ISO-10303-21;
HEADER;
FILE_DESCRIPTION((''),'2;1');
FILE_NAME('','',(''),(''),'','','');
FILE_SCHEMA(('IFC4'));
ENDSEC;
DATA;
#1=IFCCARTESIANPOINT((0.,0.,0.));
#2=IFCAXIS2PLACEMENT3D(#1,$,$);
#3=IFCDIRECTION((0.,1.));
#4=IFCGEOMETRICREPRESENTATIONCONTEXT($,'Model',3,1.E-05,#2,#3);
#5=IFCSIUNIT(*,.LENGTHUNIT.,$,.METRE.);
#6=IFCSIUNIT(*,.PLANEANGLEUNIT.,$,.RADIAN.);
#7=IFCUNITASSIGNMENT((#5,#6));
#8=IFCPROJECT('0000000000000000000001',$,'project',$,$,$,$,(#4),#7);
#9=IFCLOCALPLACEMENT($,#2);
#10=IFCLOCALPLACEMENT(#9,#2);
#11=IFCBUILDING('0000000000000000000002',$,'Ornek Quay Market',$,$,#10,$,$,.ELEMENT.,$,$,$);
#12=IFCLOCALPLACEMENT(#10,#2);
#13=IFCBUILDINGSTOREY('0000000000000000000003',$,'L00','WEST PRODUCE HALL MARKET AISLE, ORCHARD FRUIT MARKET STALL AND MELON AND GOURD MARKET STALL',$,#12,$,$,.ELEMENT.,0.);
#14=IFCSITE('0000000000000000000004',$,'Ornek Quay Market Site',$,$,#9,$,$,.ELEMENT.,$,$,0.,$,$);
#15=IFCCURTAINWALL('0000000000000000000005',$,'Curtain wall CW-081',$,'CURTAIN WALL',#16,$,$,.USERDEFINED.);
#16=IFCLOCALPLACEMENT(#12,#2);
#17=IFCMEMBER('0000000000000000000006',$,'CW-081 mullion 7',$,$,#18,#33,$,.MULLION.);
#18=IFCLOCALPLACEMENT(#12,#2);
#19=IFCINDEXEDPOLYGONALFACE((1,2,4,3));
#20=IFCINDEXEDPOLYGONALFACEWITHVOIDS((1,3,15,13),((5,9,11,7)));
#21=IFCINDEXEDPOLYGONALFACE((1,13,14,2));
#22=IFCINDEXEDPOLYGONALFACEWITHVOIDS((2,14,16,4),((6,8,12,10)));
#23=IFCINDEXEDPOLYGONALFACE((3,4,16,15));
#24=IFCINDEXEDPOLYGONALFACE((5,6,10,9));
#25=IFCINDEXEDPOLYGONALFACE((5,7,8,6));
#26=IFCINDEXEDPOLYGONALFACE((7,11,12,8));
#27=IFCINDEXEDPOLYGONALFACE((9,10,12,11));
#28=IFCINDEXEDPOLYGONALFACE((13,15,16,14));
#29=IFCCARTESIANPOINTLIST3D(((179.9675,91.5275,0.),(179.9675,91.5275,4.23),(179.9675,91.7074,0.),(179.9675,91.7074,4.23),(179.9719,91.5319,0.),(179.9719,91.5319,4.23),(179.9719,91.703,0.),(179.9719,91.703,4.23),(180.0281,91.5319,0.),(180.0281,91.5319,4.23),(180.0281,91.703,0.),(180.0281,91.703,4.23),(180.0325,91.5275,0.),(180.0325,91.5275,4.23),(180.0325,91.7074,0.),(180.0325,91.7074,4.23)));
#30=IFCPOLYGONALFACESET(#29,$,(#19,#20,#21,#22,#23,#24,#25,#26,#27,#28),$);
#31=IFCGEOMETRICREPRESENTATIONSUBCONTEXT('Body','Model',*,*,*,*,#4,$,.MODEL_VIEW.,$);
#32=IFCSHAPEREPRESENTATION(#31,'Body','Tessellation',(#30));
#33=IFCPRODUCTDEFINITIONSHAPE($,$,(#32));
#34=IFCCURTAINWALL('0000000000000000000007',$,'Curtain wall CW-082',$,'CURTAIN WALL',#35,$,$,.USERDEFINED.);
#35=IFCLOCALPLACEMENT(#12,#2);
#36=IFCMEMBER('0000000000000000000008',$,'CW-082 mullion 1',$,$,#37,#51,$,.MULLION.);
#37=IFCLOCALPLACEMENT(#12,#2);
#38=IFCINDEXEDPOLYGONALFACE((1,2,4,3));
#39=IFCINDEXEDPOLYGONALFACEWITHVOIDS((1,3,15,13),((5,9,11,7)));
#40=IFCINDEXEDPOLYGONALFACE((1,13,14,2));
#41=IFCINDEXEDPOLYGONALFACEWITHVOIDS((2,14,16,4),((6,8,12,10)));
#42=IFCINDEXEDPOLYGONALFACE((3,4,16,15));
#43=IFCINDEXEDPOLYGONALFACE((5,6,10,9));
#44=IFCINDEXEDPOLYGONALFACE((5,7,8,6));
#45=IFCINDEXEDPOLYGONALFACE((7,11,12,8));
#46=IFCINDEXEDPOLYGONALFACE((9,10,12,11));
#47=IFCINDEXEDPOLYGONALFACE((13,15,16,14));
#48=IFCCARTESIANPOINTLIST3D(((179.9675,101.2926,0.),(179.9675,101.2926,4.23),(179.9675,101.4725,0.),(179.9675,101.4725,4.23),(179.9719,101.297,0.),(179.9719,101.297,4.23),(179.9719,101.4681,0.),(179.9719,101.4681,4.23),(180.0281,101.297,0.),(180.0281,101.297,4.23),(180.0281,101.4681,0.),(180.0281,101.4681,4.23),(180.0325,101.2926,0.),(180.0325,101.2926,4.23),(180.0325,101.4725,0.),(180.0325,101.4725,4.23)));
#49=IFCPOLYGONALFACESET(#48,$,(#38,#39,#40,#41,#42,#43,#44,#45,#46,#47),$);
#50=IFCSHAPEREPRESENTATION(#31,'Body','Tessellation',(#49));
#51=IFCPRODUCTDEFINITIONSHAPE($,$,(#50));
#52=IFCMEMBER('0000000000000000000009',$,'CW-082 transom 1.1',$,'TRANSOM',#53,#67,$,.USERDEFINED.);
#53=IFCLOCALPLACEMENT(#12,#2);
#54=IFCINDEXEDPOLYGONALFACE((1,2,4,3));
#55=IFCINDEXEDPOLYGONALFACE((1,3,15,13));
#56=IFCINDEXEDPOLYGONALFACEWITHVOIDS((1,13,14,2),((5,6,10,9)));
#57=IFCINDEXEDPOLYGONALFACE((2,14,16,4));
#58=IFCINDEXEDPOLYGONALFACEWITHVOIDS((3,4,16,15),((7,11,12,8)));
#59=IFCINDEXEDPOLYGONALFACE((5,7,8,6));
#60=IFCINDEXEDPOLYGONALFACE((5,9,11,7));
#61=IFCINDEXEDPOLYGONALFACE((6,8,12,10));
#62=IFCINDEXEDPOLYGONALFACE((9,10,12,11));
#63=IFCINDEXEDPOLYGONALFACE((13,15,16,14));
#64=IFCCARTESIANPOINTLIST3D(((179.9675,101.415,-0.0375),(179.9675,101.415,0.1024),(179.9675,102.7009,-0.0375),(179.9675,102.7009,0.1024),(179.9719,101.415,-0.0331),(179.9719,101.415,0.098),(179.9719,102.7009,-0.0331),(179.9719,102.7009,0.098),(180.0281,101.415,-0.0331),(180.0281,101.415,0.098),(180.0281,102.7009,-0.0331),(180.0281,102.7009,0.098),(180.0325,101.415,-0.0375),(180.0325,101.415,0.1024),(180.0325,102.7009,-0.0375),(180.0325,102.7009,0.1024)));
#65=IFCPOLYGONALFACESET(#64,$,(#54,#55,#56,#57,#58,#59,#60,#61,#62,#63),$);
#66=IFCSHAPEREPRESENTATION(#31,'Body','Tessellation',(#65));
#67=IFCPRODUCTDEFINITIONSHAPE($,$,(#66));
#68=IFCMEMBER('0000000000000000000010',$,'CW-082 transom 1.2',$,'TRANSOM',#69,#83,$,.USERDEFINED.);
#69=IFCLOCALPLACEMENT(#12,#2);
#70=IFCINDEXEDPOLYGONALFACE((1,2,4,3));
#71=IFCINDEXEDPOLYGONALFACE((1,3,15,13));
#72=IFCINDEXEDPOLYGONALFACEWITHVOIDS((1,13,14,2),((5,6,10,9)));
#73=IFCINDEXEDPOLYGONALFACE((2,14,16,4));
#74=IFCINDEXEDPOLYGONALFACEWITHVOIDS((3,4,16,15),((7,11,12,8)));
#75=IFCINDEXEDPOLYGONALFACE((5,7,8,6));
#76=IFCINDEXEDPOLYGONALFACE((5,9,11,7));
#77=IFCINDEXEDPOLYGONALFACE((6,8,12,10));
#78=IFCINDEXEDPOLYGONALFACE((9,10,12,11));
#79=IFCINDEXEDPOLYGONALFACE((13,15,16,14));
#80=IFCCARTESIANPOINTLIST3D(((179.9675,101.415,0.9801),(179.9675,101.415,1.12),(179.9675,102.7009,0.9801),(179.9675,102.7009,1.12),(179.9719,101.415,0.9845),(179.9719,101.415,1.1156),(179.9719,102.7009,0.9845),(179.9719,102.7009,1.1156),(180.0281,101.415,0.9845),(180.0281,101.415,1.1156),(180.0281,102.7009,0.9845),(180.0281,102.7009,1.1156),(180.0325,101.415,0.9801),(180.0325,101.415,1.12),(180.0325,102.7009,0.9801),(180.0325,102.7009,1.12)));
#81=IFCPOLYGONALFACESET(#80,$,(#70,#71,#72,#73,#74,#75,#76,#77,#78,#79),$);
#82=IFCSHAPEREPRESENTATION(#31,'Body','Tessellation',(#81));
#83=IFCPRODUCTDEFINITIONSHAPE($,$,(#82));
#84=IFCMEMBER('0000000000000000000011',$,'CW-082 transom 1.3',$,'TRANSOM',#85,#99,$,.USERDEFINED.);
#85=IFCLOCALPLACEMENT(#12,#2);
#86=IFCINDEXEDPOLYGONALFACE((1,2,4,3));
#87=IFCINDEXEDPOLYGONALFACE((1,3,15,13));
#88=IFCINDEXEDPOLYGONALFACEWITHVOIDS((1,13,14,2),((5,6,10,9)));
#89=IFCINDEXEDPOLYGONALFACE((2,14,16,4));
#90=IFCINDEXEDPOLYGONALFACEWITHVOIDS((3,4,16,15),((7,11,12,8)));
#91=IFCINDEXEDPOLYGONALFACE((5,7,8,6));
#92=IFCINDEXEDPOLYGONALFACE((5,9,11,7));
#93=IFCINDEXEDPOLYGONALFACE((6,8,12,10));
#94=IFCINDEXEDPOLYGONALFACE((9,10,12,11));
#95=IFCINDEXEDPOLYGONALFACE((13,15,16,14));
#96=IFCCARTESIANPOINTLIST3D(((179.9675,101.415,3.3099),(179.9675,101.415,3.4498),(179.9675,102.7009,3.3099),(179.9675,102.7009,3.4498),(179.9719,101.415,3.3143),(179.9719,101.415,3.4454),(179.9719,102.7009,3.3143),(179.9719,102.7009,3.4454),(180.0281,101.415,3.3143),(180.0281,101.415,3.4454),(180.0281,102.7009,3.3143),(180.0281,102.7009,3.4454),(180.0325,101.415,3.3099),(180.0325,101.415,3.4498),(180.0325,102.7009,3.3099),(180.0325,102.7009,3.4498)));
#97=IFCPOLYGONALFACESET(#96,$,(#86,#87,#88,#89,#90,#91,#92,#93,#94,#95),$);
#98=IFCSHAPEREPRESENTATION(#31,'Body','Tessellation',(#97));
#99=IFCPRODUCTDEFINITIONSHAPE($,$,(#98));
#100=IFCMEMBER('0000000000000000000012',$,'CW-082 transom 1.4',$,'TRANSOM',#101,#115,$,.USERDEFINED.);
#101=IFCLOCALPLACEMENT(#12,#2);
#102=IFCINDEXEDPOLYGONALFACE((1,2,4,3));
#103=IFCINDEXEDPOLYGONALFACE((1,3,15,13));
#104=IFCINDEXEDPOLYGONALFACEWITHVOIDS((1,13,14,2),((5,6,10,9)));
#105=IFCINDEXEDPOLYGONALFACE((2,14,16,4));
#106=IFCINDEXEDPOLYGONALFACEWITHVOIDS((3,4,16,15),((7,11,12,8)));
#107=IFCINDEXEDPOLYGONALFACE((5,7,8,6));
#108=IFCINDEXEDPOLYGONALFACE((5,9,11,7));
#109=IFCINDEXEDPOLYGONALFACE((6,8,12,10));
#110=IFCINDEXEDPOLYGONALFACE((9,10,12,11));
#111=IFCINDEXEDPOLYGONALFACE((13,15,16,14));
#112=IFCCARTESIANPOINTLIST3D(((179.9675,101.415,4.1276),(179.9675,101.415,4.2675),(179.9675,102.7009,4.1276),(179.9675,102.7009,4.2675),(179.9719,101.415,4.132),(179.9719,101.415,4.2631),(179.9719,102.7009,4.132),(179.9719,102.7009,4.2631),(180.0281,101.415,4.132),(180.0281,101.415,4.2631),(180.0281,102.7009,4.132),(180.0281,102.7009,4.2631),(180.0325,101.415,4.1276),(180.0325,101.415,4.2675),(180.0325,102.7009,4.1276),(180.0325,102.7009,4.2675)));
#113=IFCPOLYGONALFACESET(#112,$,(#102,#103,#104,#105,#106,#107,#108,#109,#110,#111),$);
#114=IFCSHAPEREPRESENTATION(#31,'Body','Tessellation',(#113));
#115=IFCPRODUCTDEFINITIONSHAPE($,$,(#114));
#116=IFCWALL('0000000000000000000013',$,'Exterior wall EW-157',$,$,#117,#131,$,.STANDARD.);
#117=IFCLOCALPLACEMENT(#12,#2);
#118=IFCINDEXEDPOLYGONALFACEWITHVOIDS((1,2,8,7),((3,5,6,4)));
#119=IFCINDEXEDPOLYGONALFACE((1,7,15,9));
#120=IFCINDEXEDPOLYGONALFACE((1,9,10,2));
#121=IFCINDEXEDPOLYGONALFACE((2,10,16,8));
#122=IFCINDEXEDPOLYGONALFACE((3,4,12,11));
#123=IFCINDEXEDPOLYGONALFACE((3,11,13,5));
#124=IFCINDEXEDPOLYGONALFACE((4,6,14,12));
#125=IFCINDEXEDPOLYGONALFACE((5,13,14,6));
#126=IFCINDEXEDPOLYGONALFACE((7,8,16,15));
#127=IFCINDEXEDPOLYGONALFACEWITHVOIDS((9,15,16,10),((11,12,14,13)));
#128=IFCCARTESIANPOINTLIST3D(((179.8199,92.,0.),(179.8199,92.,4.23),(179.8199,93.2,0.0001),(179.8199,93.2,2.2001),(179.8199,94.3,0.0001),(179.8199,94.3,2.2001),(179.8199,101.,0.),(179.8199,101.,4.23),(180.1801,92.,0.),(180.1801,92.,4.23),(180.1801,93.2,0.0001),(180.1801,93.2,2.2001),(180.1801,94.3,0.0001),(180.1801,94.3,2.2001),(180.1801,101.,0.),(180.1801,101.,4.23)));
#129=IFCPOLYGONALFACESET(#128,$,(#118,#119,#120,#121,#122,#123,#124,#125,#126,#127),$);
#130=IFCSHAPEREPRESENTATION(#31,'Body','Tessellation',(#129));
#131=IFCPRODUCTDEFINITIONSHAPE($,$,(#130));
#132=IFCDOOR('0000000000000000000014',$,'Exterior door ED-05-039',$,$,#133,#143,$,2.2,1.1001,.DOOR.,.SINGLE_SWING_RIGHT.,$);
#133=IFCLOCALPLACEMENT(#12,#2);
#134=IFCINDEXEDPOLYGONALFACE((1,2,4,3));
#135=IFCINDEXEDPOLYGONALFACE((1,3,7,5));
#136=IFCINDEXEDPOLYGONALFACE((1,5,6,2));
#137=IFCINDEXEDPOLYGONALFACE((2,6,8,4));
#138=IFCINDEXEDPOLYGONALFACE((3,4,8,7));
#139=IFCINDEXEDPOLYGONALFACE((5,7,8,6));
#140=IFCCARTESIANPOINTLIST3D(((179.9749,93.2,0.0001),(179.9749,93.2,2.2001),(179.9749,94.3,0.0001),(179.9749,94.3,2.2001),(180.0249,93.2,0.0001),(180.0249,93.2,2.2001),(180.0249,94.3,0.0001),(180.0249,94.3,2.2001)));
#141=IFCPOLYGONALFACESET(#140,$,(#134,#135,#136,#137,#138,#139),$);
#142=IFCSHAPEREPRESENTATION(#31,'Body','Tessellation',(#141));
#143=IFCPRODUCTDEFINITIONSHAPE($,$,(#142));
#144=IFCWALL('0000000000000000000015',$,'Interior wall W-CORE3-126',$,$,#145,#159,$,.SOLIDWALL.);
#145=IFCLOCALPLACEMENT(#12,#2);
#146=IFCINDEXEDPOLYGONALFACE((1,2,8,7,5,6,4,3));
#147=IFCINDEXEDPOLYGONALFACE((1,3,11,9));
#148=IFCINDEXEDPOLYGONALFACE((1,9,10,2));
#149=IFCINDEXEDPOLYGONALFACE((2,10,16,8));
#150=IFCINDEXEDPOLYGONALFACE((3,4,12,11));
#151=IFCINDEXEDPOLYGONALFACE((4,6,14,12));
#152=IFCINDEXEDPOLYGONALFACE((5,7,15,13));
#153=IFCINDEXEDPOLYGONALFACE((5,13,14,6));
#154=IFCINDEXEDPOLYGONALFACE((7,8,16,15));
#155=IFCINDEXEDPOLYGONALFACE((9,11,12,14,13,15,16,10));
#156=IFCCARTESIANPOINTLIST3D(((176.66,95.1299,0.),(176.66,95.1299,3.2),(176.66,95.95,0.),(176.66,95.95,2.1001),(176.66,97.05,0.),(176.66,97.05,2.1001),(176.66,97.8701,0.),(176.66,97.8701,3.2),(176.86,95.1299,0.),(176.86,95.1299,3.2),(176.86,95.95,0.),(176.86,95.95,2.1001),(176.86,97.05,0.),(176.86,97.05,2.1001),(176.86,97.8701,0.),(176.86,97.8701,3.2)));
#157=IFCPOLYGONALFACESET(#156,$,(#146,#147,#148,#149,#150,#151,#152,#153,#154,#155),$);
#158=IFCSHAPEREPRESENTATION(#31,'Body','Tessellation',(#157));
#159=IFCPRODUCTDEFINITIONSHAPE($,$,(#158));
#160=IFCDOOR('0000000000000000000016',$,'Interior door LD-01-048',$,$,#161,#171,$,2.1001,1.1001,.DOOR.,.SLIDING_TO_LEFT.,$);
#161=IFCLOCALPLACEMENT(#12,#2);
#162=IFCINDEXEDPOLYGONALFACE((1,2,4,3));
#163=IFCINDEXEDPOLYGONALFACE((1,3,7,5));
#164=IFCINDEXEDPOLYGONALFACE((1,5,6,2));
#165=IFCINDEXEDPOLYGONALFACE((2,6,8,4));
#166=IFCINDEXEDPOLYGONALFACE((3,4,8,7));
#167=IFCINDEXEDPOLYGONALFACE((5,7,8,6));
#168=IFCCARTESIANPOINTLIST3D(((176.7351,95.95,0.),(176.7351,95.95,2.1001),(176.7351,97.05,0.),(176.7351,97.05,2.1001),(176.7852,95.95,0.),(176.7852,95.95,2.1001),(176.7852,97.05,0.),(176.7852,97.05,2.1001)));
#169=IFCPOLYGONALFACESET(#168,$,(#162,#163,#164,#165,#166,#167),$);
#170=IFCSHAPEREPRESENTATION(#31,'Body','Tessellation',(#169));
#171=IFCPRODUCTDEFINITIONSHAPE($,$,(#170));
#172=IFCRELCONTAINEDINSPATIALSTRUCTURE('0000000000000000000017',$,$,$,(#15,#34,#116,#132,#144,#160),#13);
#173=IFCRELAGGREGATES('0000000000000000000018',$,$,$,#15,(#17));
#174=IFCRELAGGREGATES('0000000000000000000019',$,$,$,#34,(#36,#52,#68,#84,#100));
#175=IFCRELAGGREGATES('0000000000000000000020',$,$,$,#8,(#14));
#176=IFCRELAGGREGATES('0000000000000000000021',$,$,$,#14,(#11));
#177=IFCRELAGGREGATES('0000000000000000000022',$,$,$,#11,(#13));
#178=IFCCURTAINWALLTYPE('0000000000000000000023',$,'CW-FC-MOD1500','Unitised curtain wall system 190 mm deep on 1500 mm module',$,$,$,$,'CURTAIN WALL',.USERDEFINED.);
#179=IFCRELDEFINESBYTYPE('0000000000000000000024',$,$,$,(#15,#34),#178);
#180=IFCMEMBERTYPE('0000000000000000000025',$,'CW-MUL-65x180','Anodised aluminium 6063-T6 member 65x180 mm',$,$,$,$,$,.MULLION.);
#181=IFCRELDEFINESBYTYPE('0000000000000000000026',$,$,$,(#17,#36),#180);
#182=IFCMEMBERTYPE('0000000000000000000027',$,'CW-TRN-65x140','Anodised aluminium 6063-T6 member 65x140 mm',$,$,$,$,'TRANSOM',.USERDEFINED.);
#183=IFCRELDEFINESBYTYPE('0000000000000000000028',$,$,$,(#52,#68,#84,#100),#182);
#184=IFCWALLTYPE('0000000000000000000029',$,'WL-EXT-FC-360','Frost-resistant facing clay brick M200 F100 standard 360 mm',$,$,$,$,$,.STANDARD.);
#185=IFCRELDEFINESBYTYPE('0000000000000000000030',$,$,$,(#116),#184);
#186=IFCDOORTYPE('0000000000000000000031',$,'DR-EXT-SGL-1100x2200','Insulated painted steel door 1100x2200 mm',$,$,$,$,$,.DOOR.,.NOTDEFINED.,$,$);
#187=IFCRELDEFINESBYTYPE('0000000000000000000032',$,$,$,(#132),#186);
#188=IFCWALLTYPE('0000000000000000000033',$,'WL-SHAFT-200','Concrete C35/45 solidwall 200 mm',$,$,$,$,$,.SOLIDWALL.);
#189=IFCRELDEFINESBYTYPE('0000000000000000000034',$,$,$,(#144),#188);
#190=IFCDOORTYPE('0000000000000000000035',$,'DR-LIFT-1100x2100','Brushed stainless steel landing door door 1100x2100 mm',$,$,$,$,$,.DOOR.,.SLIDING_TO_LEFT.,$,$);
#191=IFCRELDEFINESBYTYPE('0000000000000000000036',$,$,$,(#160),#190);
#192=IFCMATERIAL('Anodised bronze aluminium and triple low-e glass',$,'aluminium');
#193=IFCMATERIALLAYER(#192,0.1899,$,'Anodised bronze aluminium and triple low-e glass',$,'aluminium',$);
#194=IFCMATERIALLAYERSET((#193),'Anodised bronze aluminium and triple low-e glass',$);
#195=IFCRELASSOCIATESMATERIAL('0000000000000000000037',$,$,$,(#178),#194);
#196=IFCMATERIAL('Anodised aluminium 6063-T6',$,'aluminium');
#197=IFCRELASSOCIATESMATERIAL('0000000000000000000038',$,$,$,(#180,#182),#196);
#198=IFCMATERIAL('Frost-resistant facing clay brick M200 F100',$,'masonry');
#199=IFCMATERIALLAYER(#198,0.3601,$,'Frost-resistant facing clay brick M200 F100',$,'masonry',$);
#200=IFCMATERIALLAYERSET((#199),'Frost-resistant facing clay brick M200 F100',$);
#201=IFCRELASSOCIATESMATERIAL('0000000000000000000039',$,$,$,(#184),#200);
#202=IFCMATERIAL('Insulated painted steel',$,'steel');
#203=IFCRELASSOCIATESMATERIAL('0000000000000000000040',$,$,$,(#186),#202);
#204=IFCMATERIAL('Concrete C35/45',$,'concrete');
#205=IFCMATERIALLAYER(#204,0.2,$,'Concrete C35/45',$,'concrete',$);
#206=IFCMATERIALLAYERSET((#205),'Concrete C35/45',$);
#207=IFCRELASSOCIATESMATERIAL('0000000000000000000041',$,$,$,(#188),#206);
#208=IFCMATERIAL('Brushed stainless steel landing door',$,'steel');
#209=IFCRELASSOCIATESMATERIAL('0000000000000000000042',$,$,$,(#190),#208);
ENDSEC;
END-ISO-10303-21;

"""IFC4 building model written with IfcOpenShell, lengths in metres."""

from ifc_helpers import new_model, si_unit, direction, frame, frame_2d, origin, origin_2d, place, context, subcontext, project, spatial, rectangle, hollow_rectangle, extrude, material, layer, layer_set, material_profile, profile_set, type_object, element, fill, aggregate, save


model = new_model("IFC4")

# Units and contexts
model_context = context("Model", 3, precision=1e-05, world=origin(), true_north=direction((0.0, 1.0)))
body_context = subcontext(model_context, "Body", "Model", "MODEL_VIEW")
ifc_project = project(units=[si_unit("LENGTHUNIT", "METRE"), si_unit("PLANEANGLEUNIT", "RADIAN")], contexts=[model_context])

# Site, building, storey
site_placement = place(None, origin())
site = spatial("IfcSite", under=ifc_project, at=site_placement, Name="Ornek Quay Market Site", CompositionType="ELEMENT", RefElevation=0.0)
building_placement = place(site_placement, origin())
building = spatial("IfcBuilding", under=site, at=building_placement, Name="Ornek Quay Market", CompositionType="ELEMENT")
storey_placement = place(building_placement, origin())
storey = spatial("IfcBuildingStorey", under=building, at=storey_placement, Name="L00", Description="WEST PRODUCE HALL MARKET AISLE, ORCHARD FRUIT MARKET STALL AND MELON AND GOURD MARKET STALL", CompositionType="ELEMENT", Elevation=0.0)

# Shared definitions
ifc_material_1 = material(Name="Concrete C35/45", Category="concrete")

# Curtain wall, member
ifc_material_2 = material(Name="Anodised bronze aluminium and triple low-e glass", Category="aluminium")
ifc_layer_1 = layer(ifc_material_2, 0.1899, Name="Anodised bronze aluminium and triple low-e glass", Category="aluminium")
ifc_layer_set_1 = layer_set([ifc_layer_1], Name="Anodised bronze aluminium and triple low-e glass")
curtain_wall_type = type_object("IfcCurtainWallType", Name="CW-FC-MOD1500", Description="Unitised curtain wall system 190 mm deep on 1500 mm module", ElementType="CURTAIN WALL", PredefinedType="USERDEFINED", material=ifc_layer_set_1)
curtain_wall_1_placement = place(storey_placement, origin())
curtain_wall_1 = element("IfcCurtainWall", 1, at=curtain_wall_1_placement, inside=storey, type_object=curtain_wall_type, Name="Curtain wall CW-081", ObjectType="CURTAIN WALL", PredefinedType="USERDEFINED")
ifc_material_3 = material(Name="Anodised aluminium 6063-T6", Category="aluminium")
ifc_material_profile_1 = material_profile(ifc_material_3, hollow_rectangle(XDim=0.0649, YDim=0.1799, WallThickness=0.0044, at=origin_2d()), Name="CW-MUL-65x180", Category="aluminium")
ifc_profile_set_1 = profile_set([ifc_material_profile_1], Name="Anodised aluminium 6063-T6")
member_type_1 = type_object("IfcMemberType", Name="CW-MUL-65x180", Description="Anodised aluminium 6063-T6 member 65x180 mm", PredefinedType="MULLION", material=ifc_profile_set_1)
member_1_placement = place(storey_placement, frame((180.0, 91.6174, 0.0), z_axis=(0.0, 0.0, 1.0), x_axis=(-1.0, 0.0, 0.0)))
member_1 = element("IfcMember", 2, at=member_1_placement, type_object=member_type_1, Name="CW-081 mullion 7", PredefinedType="MULLION", context=body_context, shape_type="SweptSolid", body=[
    extrude(hollow_rectangle(XDim=0.0649, YDim=0.1799, WallThickness=0.0044, at=origin_2d()), origin(), (0.0, 0.0, 1.0), 4.23),
])
aggregate(curtain_wall_1, [member_1])

# Curtain wall, members
curtain_wall_2_placement = place(storey_placement, origin())
curtain_wall_2 = element("IfcCurtainWall", 3, at=curtain_wall_2_placement, inside=storey, type_object=curtain_wall_type, Name="Curtain wall CW-082", ObjectType="CURTAIN WALL", PredefinedType="USERDEFINED")
member_2_placement = place(storey_placement, frame((180.0, 101.3826, 0.0), z_axis=(0.0, 0.0, 1.0), x_axis=(-1.0, 0.0, 0.0)))
member_2 = element("IfcMember", 4, at=member_2_placement, type_object=member_type_1, Name="CW-082 mullion 1", PredefinedType="MULLION", context=body_context, shape_type="SweptSolid", body=[
    extrude(hollow_rectangle(XDim=0.0649, YDim=0.1799, WallThickness=0.0044, at=origin_2d()), origin(), (0.0, 0.0, 1.0), 4.23),
])
ifc_material_profile_2 = material_profile(ifc_material_3, hollow_rectangle(XDim=0.0649, YDim=0.1399, WallThickness=0.0044, at=origin_2d()), Name="CW-TRN-65x140", Category="aluminium")
ifc_profile_set_2 = profile_set([ifc_material_profile_2], Name="Anodised aluminium 6063-T6")
member_type_2 = type_object("IfcMemberType", Name="CW-TRN-65x140", Description="Anodised aluminium 6063-T6 member 65x140 mm", ElementType="TRANSOM", PredefinedType="USERDEFINED", material=ifc_profile_set_2)
member_3_placement = place(storey_placement, frame((180.0, 101.415, 0.0325), z_axis=(0.0, 1.0, 0.0), x_axis=(-1.0, 0.0, 0.0)))
member_3 = element("IfcMember", 5, at=member_3_placement, type_object=member_type_2, Name="CW-082 transom 1.1", ObjectType="TRANSOM", PredefinedType="USERDEFINED", context=body_context, shape_type="SweptSolid", body=[
    extrude(hollow_rectangle(XDim=0.0649, YDim=0.1399, WallThickness=0.0044, at=origin_2d()), origin(), (0.0, 0.0, 1.0), 1.2859),
])
member_4_placement = place(storey_placement, frame((180.0, 101.415, 1.05), z_axis=(0.0, 1.0, 0.0), x_axis=(-1.0, 0.0, 0.0)))
member_4 = element("IfcMember", 6, at=member_4_placement, type_object=member_type_2, Name="CW-082 transom 1.2", ObjectType="TRANSOM", PredefinedType="USERDEFINED", context=body_context, shape_type="SweptSolid", body=[
    extrude(hollow_rectangle(XDim=0.0649, YDim=0.1399, WallThickness=0.0044, at=origin_2d()), origin(), (0.0, 0.0, 1.0), 1.2859),
])
member_5_placement = place(storey_placement, frame((180.0, 101.415, 3.3799), z_axis=(0.0, 1.0, 0.0), x_axis=(-1.0, 0.0, 0.0)))
member_5 = element("IfcMember", 7, at=member_5_placement, type_object=member_type_2, Name="CW-082 transom 1.3", ObjectType="TRANSOM", PredefinedType="USERDEFINED", context=body_context, shape_type="SweptSolid", body=[
    extrude(hollow_rectangle(XDim=0.0649, YDim=0.1399, WallThickness=0.0044, at=origin_2d()), origin(), (0.0, 0.0, 1.0), 1.2859),
])
member_6_placement = place(storey_placement, frame((180.0, 101.415, 4.1975), z_axis=(0.0, 1.0, 0.0), x_axis=(-1.0, 0.0, 0.0)))
member_6 = element("IfcMember", 8, at=member_6_placement, type_object=member_type_2, Name="CW-082 transom 1.4", ObjectType="TRANSOM", PredefinedType="USERDEFINED", context=body_context, shape_type="SweptSolid", body=[
    extrude(hollow_rectangle(XDim=0.0649, YDim=0.1399, WallThickness=0.0044, at=origin_2d()), origin(), (0.0, 0.0, 1.0), 1.2859),
])
aggregate(curtain_wall_2, [member_2, member_3, member_4, member_5, member_6])

# Walls, openings, doors
ifc_material_4 = material(Name="Frost-resistant facing clay brick M200 F100", Category="masonry")
ifc_layer_2 = layer(ifc_material_4, 0.3601, Name="Frost-resistant facing clay brick M200 F100", Category="masonry")
ifc_layer_set_2 = layer_set([ifc_layer_2], Name="Frost-resistant facing clay brick M200 F100")
wall_type_1 = type_object("IfcWallType", Name="WL-EXT-FC-360", Description="Frost-resistant facing clay brick M200 F100 standard 360 mm", PredefinedType="STANDARD", material=ifc_layer_set_2)
wall_1_placement = place(storey_placement, frame((180.0, 101.0, 0.0), z_axis=(0.0, 0.0, 1.0), x_axis=(0.0, -1.0, 0.0)))
wall_1 = element("IfcWall", 9, at=wall_1_placement, inside=storey, type_object=wall_type_1, Name="Exterior wall EW-157", PredefinedType="STANDARD", context=body_context, shape_type="SweptSolid", body=[
    extrude(rectangle(XDim=9.0, YDim=0.3601, at=frame_2d((4.5, 0.0))), origin(), (0.0, 0.0, 1.0), 4.23),
])
opening_1_placement = place(wall_1_placement, frame((6.7, 0.0, 0.0)))
opening_1 = element("IfcOpeningElement", 10, at=opening_1_placement, cuts=wall_1, PredefinedType="OPENING", context=body_context, shape_type="SweptSolid", body=[
    extrude(rectangle(XDim=1.1001, YDim=2.2, at=frame_2d((0.55, 1.1001))), frame((0.0, 0.1899, 0.0), z_axis=(0.0, -1.0, 0.0), x_axis=(1.0, 0.0, 0.0)), (0.0, 0.0, 1.0), 0.3801),
])
ifc_material_5 = material(Name="Insulated painted steel", Category="steel")
door_type_1 = type_object("IfcDoorType", Name="DR-EXT-SGL-1100x2200", Description="Insulated painted steel door 1100x2200 mm", OperationType="NOTDEFINED", PredefinedType="DOOR", material=ifc_material_5)
door_1_placement = place(opening_1_placement, origin())
door_1 = element("IfcDoor", 11, at=door_1_placement, inside=storey, type_object=door_type_1, Name="Exterior door ED-05-039", OperationType="SINGLE_SWING_RIGHT", OverallHeight=2.2, OverallWidth=1.1001, PredefinedType="DOOR", context=body_context, shape_type="SweptSolid", body=[
    extrude(rectangle(XDim=1.1001, YDim=2.2, at=frame_2d((0.55, 1.1001))), frame((0.0, 0.0249, 0.0), z_axis=(0.0, -1.0, 0.0), x_axis=(1.0, 0.0, 0.0)), (0.0, 0.0, 1.0), 0.05),
])
fill(opening_1, door_1)
ifc_layer_3 = layer(ifc_material_1, 0.2, Name="Concrete C35/45", Category="concrete")
ifc_layer_set_3 = layer_set([ifc_layer_3], Name="Concrete C35/45")
wall_type_2 = type_object("IfcWallType", Name="WL-SHAFT-200", Description="Concrete C35/45 solidwall 200 mm", PredefinedType="SOLIDWALL", material=ifc_layer_set_3)
wall_2_placement = place(storey_placement, frame((176.76, 95.1299, 0.0), z_axis=(0.0, 0.0, 1.0), x_axis=(0.0, 1.0, 0.0)))
wall_2 = element("IfcWall", 12, at=wall_2_placement, inside=storey, type_object=wall_type_2, Name="Interior wall W-CORE3-126", PredefinedType="SOLIDWALL", context=body_context, shape_type="SweptSolid", body=[
    extrude(rectangle(XDim=2.7402, YDim=0.2, at=frame_2d((1.3701, 0.0))), origin(), (0.0, 0.0, 1.0), 3.2),
])
opening_2_placement = place(wall_2_placement, frame((0.8201, 0.0, 0.0)))
opening_2 = element("IfcOpeningElement", 13, at=opening_2_placement, cuts=wall_2, PredefinedType="OPENING", context=body_context, shape_type="SweptSolid", body=[
    extrude(rectangle(XDim=1.1001, YDim=2.1001, at=frame_2d((0.55, 1.05))), frame((0.0, 0.1099, 0.0), z_axis=(0.0, -1.0, 0.0), x_axis=(1.0, 0.0, 0.0)), (0.0, 0.0, 1.0), 0.22),
])
ifc_material_6 = material(Name="Brushed stainless steel landing door", Category="steel")
door_type_2 = type_object("IfcDoorType", Name="DR-LIFT-1100x2100", Description="Brushed stainless steel landing door door 1100x2100 mm", OperationType="SLIDING_TO_LEFT", PredefinedType="DOOR", material=ifc_material_6)
door_2_placement = place(opening_2_placement, origin())
door_2 = element("IfcDoor", 14, at=door_2_placement, inside=storey, type_object=door_type_2, Name="Interior door LD-01-048", OperationType="SLIDING_TO_LEFT", OverallHeight=2.1001, OverallWidth=1.1001, PredefinedType="DOOR", context=body_context, shape_type="SweptSolid", body=[
    extrude(rectangle(XDim=1.1001, YDim=2.1001, at=frame_2d((0.55, 1.05))), frame((0.0, 0.0249, 0.0), z_axis=(0.0, -1.0, 0.0), x_axis=(1.0, 0.0, 0.0)), (0.0, 0.0, 1.0), 0.05),
])
fill(opening_2, door_2)

save(model, "model.ifc")
